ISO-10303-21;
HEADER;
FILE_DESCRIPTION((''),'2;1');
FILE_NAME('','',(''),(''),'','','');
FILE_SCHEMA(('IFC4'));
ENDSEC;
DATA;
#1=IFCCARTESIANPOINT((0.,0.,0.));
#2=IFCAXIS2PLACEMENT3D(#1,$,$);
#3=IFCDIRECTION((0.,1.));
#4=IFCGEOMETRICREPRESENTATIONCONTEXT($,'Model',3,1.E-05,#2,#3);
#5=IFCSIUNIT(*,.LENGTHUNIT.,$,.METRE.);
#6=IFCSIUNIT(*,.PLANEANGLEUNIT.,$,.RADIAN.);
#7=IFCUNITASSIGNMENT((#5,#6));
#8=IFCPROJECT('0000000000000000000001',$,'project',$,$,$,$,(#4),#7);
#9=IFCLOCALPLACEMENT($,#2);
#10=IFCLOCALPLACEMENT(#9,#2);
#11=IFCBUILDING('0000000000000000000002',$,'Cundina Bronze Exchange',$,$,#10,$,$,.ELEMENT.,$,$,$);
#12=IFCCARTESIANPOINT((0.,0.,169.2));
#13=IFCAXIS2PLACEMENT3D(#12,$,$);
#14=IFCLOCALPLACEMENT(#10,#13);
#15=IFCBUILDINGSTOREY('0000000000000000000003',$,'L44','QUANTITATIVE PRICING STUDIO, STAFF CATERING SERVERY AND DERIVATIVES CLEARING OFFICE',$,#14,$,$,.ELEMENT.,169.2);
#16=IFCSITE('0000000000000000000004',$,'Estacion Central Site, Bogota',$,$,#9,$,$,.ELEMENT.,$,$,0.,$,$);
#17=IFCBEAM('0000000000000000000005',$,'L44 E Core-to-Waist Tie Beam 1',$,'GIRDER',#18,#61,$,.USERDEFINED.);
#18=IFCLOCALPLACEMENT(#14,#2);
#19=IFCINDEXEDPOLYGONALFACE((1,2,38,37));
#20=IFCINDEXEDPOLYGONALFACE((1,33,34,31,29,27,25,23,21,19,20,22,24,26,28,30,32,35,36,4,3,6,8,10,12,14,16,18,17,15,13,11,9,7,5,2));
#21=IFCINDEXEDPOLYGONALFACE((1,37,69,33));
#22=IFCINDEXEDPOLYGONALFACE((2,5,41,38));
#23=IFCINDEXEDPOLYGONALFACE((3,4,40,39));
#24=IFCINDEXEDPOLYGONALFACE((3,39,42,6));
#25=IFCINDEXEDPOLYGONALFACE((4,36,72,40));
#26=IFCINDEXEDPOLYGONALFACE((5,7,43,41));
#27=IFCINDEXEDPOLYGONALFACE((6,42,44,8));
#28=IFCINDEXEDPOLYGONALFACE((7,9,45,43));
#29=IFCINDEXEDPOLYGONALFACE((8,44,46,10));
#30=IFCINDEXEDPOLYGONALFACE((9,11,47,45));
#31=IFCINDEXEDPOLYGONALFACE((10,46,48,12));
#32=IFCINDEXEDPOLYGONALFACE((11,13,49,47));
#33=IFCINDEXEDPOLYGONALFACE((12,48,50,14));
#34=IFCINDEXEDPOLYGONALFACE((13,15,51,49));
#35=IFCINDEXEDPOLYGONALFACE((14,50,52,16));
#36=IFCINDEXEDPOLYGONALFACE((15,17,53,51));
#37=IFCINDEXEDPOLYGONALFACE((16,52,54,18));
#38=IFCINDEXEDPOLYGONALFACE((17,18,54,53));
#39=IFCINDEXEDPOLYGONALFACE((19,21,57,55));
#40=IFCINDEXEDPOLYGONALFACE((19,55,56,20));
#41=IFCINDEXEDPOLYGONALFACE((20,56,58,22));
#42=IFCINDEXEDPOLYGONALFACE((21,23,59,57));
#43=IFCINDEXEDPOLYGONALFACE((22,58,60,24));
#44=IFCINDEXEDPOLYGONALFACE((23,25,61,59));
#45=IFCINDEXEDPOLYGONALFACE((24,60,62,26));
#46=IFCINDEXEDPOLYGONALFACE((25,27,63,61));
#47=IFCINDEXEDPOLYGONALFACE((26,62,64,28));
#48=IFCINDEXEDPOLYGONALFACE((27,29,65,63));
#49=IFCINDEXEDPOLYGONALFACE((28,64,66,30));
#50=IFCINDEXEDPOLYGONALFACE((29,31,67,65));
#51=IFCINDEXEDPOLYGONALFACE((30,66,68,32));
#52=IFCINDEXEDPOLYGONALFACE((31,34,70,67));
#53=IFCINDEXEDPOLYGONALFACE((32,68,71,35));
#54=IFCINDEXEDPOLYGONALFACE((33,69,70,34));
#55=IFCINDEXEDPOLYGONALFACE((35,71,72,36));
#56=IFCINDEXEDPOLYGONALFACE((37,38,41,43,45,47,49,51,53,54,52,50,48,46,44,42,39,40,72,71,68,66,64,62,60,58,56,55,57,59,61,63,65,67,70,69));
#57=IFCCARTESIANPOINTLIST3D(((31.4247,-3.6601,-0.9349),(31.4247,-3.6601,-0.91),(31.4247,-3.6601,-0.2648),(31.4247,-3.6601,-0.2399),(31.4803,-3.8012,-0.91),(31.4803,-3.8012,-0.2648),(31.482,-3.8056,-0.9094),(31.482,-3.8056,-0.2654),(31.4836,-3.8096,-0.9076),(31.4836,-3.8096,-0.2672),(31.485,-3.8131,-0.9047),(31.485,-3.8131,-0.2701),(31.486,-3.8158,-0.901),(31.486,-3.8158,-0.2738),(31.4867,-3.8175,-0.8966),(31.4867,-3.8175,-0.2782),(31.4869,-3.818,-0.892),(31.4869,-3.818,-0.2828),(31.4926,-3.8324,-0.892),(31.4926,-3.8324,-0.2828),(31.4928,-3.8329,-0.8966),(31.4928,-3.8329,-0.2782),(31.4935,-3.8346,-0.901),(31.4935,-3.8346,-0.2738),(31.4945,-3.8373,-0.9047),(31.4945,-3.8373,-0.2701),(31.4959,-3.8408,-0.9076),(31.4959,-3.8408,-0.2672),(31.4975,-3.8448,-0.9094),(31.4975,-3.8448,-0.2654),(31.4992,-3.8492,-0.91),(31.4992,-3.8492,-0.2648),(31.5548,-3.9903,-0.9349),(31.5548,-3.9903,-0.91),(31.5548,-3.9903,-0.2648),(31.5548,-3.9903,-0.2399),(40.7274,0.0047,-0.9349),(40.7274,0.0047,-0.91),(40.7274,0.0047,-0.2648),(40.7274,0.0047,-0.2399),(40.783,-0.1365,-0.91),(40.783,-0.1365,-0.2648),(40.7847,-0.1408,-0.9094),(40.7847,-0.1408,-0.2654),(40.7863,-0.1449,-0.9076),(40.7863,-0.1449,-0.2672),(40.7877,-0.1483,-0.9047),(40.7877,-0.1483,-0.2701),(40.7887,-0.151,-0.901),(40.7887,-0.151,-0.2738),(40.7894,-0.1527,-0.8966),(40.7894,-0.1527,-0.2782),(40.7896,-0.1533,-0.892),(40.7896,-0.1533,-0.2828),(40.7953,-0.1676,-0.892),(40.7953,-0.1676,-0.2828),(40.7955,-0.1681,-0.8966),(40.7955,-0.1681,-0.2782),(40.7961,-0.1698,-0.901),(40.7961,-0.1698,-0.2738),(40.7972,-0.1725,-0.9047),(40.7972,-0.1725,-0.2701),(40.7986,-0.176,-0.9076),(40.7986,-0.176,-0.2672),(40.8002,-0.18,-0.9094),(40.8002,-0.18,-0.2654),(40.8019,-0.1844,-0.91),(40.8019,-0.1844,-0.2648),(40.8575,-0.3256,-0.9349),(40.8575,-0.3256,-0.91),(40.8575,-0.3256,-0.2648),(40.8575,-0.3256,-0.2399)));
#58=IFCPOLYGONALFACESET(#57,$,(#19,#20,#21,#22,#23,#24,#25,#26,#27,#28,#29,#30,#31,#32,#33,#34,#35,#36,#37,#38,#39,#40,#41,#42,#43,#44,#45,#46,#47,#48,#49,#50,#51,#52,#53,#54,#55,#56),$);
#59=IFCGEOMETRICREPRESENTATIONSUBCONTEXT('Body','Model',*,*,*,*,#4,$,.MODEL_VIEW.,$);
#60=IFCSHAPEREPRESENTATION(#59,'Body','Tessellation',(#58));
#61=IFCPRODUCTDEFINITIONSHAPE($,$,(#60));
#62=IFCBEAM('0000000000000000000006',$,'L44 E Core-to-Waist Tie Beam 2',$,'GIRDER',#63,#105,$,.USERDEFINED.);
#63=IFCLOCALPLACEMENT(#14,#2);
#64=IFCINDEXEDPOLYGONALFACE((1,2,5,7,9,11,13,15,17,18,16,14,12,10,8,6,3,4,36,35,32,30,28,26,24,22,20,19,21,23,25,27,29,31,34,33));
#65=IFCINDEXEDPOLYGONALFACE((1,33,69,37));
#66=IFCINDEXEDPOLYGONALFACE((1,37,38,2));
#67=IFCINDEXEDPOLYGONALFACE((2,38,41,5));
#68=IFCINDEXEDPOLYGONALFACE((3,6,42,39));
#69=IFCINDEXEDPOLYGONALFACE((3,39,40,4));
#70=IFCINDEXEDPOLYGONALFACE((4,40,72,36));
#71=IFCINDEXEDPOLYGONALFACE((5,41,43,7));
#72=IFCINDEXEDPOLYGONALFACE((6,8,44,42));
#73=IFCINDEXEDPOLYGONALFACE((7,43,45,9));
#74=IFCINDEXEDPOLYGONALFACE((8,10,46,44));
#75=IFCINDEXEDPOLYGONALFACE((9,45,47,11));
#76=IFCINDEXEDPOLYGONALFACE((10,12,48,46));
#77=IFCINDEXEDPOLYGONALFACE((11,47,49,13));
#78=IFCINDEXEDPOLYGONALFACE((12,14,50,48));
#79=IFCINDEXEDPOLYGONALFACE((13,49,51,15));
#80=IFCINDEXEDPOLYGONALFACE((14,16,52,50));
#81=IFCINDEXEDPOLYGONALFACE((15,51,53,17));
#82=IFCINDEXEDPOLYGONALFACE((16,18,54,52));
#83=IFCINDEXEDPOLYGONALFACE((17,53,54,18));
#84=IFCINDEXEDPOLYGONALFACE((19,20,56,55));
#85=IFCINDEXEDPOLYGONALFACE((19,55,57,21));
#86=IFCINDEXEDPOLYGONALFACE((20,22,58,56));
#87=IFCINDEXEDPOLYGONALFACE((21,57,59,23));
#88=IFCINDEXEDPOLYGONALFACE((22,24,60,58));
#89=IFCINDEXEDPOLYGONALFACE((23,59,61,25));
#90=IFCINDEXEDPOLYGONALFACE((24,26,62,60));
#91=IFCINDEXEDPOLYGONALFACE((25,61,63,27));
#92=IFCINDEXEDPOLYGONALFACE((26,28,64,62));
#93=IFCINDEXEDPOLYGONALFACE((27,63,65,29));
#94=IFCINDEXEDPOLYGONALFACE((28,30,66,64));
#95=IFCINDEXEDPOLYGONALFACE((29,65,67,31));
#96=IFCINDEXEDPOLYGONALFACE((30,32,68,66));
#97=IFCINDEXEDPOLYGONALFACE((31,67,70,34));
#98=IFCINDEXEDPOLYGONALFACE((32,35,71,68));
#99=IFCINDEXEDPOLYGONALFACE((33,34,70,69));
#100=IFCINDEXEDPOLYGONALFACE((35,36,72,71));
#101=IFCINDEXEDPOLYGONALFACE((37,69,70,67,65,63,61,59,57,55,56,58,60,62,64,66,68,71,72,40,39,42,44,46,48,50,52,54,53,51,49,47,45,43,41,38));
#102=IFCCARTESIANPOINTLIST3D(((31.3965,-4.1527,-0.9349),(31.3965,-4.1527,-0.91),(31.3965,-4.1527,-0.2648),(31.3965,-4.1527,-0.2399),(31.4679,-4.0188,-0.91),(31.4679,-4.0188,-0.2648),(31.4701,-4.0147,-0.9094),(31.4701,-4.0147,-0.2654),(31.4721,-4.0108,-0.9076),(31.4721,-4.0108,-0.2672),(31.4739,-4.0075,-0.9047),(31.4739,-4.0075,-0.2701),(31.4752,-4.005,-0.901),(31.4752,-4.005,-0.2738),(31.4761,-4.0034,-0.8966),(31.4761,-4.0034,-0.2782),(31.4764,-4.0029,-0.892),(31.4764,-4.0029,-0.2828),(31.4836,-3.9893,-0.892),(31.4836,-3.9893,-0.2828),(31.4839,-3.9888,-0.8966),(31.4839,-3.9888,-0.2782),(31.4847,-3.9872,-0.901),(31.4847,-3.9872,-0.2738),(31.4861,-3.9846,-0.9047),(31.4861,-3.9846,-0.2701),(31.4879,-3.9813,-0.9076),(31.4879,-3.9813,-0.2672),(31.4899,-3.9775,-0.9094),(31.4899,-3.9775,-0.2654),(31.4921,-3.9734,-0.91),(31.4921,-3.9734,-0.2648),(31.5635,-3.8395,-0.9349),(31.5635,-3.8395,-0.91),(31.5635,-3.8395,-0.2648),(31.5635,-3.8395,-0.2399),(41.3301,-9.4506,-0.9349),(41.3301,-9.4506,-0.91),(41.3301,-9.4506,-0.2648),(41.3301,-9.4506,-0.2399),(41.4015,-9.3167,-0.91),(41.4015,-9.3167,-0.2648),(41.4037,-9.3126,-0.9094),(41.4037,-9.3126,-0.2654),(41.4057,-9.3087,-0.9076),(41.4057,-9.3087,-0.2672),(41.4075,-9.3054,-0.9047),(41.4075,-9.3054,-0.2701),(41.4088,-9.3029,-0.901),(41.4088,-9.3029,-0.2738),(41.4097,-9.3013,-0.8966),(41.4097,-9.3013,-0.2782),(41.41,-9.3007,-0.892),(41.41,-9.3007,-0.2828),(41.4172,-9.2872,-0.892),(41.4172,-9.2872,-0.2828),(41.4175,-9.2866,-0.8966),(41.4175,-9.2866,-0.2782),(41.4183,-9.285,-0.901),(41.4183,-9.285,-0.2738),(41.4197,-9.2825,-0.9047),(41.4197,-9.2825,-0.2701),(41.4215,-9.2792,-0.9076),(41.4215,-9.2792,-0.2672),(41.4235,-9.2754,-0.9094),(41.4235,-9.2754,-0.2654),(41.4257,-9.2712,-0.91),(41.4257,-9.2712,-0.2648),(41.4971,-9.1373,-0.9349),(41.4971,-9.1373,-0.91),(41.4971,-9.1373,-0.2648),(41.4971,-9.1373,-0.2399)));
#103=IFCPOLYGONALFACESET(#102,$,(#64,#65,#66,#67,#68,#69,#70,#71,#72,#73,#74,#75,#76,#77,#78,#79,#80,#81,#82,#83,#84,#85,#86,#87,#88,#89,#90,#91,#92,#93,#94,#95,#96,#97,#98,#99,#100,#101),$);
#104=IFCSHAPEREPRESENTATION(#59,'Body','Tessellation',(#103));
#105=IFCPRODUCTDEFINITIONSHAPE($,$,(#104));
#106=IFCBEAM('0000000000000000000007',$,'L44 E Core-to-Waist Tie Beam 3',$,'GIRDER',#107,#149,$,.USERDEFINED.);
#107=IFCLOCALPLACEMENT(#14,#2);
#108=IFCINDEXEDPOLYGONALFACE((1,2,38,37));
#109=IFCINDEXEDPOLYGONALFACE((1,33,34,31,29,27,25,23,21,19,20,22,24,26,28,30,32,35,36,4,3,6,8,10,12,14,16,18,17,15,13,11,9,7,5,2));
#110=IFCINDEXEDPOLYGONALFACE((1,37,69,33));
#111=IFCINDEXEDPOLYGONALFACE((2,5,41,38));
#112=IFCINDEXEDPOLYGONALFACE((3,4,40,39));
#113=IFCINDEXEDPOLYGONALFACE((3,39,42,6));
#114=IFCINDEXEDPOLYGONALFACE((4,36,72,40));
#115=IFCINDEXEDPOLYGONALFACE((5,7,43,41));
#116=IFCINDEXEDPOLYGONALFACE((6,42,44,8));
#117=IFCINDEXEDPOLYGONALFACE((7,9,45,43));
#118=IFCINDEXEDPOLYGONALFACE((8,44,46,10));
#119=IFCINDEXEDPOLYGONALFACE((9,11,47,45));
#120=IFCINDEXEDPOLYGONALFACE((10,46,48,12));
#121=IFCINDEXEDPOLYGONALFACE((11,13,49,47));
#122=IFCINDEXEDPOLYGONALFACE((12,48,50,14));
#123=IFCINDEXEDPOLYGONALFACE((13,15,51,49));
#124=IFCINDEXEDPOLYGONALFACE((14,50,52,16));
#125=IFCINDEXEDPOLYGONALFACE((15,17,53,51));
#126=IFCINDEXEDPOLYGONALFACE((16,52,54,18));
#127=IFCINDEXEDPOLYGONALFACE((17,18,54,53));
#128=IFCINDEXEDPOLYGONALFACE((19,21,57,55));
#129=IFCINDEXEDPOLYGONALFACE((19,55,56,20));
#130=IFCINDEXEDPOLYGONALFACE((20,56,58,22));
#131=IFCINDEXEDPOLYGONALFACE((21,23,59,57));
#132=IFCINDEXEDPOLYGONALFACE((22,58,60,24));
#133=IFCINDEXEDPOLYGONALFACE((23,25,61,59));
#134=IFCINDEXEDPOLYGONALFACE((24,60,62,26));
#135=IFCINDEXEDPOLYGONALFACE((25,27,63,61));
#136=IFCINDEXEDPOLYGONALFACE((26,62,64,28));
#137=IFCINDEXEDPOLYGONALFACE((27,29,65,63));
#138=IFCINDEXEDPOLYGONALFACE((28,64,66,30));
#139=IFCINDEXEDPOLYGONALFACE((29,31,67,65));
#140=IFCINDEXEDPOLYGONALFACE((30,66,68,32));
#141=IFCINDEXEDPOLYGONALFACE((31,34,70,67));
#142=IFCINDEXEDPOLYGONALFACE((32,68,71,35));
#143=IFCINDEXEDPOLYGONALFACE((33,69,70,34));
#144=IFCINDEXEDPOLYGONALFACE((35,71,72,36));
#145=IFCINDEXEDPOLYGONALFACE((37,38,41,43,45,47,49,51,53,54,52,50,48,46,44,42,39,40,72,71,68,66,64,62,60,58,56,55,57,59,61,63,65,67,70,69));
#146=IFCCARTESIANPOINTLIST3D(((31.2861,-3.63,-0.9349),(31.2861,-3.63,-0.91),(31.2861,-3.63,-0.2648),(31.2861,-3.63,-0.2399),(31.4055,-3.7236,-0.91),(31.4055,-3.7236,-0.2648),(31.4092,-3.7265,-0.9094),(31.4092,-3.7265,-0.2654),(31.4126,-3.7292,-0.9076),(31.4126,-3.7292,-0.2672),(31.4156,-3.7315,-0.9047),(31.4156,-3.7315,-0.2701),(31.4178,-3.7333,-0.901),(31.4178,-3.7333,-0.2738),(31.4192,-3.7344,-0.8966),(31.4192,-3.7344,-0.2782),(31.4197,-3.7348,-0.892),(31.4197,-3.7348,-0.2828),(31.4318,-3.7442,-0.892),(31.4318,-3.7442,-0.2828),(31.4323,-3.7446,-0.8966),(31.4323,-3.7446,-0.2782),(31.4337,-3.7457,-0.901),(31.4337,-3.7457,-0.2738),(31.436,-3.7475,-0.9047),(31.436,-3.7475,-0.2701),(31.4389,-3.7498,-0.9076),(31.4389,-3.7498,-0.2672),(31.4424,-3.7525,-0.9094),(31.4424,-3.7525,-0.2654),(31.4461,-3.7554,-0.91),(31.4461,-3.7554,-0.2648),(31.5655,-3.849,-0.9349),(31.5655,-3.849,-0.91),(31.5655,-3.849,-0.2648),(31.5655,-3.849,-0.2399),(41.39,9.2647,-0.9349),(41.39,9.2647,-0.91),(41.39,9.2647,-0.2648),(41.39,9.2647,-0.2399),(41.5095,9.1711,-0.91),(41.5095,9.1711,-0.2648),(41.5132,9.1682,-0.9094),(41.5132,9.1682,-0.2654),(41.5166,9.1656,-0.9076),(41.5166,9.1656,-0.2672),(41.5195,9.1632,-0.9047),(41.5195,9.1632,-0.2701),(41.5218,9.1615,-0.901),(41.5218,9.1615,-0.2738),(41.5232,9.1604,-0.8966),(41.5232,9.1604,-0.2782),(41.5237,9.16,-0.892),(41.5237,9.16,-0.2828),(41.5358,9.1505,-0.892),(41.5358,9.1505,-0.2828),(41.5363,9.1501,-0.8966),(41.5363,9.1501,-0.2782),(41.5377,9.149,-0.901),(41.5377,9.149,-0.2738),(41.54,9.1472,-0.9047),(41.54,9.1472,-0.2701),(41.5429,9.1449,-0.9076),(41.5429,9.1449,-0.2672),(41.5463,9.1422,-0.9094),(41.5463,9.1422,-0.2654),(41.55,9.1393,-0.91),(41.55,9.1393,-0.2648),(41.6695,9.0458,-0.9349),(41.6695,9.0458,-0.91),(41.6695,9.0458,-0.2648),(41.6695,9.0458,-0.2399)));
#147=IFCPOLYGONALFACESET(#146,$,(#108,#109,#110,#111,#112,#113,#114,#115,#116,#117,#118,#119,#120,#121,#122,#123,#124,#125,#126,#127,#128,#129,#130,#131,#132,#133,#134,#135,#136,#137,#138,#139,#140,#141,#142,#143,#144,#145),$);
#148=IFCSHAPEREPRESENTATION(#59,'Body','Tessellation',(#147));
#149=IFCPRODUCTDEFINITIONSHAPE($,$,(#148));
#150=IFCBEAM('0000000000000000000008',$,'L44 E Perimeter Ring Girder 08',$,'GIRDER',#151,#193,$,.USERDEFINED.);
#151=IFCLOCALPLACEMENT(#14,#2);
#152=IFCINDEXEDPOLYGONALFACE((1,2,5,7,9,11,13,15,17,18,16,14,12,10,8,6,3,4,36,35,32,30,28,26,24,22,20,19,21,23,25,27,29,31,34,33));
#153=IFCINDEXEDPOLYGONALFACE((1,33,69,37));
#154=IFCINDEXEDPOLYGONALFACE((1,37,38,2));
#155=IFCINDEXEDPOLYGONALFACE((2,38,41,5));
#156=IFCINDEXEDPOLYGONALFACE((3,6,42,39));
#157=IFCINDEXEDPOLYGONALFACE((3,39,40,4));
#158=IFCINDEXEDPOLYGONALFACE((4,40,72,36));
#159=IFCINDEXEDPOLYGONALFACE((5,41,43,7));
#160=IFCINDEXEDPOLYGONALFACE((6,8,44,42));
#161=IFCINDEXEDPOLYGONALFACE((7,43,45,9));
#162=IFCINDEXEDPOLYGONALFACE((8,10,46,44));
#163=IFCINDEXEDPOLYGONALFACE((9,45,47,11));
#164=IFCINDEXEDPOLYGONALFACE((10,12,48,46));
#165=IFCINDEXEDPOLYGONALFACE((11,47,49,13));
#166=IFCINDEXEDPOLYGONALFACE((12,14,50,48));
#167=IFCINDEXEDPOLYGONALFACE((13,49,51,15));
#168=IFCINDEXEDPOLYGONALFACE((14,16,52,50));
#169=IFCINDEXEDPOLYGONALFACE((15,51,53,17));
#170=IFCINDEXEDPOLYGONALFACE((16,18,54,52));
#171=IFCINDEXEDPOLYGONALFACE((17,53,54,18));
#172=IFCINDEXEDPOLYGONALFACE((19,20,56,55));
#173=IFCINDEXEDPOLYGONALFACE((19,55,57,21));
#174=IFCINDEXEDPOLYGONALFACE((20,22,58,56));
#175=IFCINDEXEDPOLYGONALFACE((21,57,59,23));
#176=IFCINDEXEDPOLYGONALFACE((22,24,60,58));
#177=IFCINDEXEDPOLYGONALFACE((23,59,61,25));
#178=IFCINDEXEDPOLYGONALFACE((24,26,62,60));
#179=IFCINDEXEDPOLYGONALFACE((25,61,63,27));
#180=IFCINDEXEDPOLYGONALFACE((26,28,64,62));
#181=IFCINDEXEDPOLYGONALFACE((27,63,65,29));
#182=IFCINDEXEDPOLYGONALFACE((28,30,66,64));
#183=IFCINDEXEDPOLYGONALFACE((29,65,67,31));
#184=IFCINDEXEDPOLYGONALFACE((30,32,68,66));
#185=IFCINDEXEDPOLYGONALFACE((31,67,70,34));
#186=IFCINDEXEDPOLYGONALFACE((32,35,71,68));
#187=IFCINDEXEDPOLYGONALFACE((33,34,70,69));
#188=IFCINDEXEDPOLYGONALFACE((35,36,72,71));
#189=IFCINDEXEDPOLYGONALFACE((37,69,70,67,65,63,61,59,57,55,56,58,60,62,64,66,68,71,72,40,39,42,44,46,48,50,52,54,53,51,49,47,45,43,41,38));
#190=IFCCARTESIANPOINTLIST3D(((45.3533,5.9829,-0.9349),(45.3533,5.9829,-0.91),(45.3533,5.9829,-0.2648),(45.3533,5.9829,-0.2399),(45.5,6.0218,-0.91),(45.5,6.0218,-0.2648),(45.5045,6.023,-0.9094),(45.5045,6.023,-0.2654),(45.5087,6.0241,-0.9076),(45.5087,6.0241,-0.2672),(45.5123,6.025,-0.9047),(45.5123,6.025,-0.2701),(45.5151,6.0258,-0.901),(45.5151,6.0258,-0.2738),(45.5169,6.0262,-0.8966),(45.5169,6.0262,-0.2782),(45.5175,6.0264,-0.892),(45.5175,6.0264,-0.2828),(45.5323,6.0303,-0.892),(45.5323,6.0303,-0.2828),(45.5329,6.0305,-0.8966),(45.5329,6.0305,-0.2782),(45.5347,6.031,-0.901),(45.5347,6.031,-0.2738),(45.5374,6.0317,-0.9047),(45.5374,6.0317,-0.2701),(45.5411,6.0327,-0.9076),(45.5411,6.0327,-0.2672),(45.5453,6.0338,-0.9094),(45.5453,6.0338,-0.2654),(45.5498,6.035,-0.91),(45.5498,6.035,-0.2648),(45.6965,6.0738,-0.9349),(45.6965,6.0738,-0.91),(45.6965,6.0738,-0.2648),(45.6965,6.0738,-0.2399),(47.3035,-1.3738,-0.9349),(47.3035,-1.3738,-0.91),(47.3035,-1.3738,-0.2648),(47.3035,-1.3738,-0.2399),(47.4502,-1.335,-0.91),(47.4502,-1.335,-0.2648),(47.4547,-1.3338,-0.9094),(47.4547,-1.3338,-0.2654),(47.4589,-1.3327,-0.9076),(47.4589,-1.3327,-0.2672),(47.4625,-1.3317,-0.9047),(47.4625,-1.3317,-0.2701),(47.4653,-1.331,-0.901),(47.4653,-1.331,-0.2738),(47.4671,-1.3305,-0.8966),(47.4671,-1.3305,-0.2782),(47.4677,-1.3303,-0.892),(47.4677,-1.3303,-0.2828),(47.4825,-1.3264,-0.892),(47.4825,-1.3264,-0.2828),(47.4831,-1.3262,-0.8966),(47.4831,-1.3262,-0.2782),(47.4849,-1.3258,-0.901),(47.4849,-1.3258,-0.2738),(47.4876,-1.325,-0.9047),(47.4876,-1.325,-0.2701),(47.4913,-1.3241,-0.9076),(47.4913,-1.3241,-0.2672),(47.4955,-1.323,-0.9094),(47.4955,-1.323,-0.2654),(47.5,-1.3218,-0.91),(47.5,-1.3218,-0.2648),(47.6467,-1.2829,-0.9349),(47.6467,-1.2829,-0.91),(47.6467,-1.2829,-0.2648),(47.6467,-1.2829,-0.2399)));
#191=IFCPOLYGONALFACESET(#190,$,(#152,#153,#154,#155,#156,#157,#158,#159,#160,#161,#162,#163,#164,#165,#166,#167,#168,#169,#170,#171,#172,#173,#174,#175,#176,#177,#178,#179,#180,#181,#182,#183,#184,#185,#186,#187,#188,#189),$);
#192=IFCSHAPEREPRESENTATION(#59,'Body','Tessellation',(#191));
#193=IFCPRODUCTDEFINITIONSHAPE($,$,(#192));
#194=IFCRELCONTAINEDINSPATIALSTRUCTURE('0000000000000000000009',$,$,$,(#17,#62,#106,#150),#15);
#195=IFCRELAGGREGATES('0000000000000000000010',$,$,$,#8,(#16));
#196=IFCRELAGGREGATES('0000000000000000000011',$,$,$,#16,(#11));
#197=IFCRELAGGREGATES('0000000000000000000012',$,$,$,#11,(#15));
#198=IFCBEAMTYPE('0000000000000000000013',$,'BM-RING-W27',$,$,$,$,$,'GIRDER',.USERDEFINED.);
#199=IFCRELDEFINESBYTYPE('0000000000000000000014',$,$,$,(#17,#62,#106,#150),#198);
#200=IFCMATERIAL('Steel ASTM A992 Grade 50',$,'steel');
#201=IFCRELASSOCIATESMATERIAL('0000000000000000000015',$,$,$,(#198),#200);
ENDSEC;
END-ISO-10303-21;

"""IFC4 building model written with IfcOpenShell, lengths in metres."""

from ifc_helpers import new_model, si_unit, direction, frame, origin, origin_2d, place, context, subcontext, project, spatial, i_section, extrude, material, material_profile, profile_set, type_object, element, save


model = new_model("IFC4")

# Units and contexts
model_context = context("Model", 3, precision=1e-05, world=origin(), true_north=direction((0.0, 1.0)))
body_context = subcontext(model_context, "Body", "Model", "MODEL_VIEW")
ifc_project = project(units=[si_unit("LENGTHUNIT", "METRE"), si_unit("PLANEANGLEUNIT", "RADIAN")], contexts=[model_context])

# Site, building, storey
site_placement = place(None, origin())
site = spatial("IfcSite", under=ifc_project, at=site_placement, Name="Estacion Central Site, Bogota", CompositionType="ELEMENT", RefElevation=0.0)
building_placement = place(site_placement, origin())
building = spatial("IfcBuilding", under=site, at=building_placement, Name="Cundina Bronze Exchange", CompositionType="ELEMENT")
storey_placement = place(building_placement, frame((0.0, 0.0, 169.2)))
storey = spatial("IfcBuildingStorey", under=building, at=storey_placement, Name="L44", Description="QUANTITATIVE PRICING STUDIO, STAFF CATERING SERVERY AND DERIVATIVES CLEARING OFFICE", CompositionType="ELEMENT", Elevation=169.2)

# Shared definitions
ifc_material_1 = material(Name="Steel ASTM A992 Grade 50", Category="steel")

# Beams
ifc_material_profile_1 = material_profile(ifc_material_1, i_section(OverallWidth=0.355, OverallDepth=0.6951, WebThickness=0.0154, FlangeThickness=0.0249, FilletRadius=0.0181, at=origin_2d()), Name="W27X146", Category="steel")
ifc_profile_set_1 = profile_set([ifc_material_profile_1], Name="Steel ASTM A992 Grade 50")
beam_type_1 = type_object("IfcBeamType", Name="BM-RING-W27", ElementType="GIRDER", PredefinedType="USERDEFINED", material=ifc_profile_set_1)
beam_1_placement = place(storey_placement, frame((31.4897, -3.8252, -0.5874), z_axis=(0.930406, 0.366532, 0.0), x_axis=(-0.366532, 0.930406, 0.0)))
element("IfcBeam", 1, at=beam_1_placement, inside=storey, type_object=beam_type_1, Name="L44 E Core-to-Waist Tie Beam 1", ObjectType="GIRDER", PredefinedType="USERDEFINED", context=body_context, shape_type="SweptSolid", body=[
    extrude(i_section(OverallWidth=0.355, OverallDepth=0.6951, WebThickness=0.0154, FlangeThickness=0.0249, FilletRadius=0.0181, at=origin_2d()), origin(), (0.0, 0.0, 1.0), 9.9985),
])
beam_2_placement = place(storey_placement, frame((31.48, -3.9961, -0.5874), z_axis=(0.882355, -0.470584, 0.0), x_axis=(0.470584, 0.882355, 0.0)))
element("IfcBeam", 2, at=beam_2_placement, inside=storey, type_object=beam_type_1, Name="L44 E Core-to-Waist Tie Beam 2", ObjectType="GIRDER", PredefinedType="USERDEFINED", context=body_context, shape_type="SweptSolid", body=[
    extrude(i_section(OverallWidth=0.355, OverallDepth=0.6951, WebThickness=0.0154, FlangeThickness=0.0249, FilletRadius=0.0181, at=origin_2d()), origin(), (0.0, 0.0, 1.0), 11.2581),
])
beam_3_placement = place(storey_placement, frame((31.4258, -3.7395, -0.5874), z_axis=(0.616779, 0.787136, 0.0), x_axis=(-0.787136, 0.616779, 0.0)))
element("IfcBeam", 3, at=beam_3_placement, inside=storey, type_object=beam_type_1, Name="L44 E Core-to-Waist Tie Beam 3", ObjectType="GIRDER", PredefinedType="USERDEFINED", context=body_context, shape_type="SweptSolid", body=[
    extrude(i_section(OverallWidth=0.355, OverallDepth=0.6951, WebThickness=0.0154, FlangeThickness=0.0249, FilletRadius=0.0181, at=origin_2d()), origin(), (0.0, 0.0, 1.0), 16.3818),
])
for number, where, z_axis, x_axis, name in (
    (4, (47.4751, -1.3284, -0.5874), (-0.256241, 0.966613, 0.0), (-0.966613, -0.256241, 0.0), "L44 E Perimeter Ring Girder 08"),
):
    element("IfcBeam", number, at=place(storey_placement, frame(where, z_axis=z_axis, x_axis=x_axis)), inside=storey, type_object=beam_type_1, Name=name, ObjectType="GIRDER", PredefinedType="USERDEFINED", context=body_context, shape_type="SweptSolid", body=[
        extrude(i_section(OverallWidth=0.355, OverallDepth=0.6951, WebThickness=0.0154, FlangeThickness=0.0249, FilletRadius=0.0181, at=origin_2d()), origin(), (0.0, 0.0, 1.0), 7.6108),
    ])

save(model, "model.ifc")
